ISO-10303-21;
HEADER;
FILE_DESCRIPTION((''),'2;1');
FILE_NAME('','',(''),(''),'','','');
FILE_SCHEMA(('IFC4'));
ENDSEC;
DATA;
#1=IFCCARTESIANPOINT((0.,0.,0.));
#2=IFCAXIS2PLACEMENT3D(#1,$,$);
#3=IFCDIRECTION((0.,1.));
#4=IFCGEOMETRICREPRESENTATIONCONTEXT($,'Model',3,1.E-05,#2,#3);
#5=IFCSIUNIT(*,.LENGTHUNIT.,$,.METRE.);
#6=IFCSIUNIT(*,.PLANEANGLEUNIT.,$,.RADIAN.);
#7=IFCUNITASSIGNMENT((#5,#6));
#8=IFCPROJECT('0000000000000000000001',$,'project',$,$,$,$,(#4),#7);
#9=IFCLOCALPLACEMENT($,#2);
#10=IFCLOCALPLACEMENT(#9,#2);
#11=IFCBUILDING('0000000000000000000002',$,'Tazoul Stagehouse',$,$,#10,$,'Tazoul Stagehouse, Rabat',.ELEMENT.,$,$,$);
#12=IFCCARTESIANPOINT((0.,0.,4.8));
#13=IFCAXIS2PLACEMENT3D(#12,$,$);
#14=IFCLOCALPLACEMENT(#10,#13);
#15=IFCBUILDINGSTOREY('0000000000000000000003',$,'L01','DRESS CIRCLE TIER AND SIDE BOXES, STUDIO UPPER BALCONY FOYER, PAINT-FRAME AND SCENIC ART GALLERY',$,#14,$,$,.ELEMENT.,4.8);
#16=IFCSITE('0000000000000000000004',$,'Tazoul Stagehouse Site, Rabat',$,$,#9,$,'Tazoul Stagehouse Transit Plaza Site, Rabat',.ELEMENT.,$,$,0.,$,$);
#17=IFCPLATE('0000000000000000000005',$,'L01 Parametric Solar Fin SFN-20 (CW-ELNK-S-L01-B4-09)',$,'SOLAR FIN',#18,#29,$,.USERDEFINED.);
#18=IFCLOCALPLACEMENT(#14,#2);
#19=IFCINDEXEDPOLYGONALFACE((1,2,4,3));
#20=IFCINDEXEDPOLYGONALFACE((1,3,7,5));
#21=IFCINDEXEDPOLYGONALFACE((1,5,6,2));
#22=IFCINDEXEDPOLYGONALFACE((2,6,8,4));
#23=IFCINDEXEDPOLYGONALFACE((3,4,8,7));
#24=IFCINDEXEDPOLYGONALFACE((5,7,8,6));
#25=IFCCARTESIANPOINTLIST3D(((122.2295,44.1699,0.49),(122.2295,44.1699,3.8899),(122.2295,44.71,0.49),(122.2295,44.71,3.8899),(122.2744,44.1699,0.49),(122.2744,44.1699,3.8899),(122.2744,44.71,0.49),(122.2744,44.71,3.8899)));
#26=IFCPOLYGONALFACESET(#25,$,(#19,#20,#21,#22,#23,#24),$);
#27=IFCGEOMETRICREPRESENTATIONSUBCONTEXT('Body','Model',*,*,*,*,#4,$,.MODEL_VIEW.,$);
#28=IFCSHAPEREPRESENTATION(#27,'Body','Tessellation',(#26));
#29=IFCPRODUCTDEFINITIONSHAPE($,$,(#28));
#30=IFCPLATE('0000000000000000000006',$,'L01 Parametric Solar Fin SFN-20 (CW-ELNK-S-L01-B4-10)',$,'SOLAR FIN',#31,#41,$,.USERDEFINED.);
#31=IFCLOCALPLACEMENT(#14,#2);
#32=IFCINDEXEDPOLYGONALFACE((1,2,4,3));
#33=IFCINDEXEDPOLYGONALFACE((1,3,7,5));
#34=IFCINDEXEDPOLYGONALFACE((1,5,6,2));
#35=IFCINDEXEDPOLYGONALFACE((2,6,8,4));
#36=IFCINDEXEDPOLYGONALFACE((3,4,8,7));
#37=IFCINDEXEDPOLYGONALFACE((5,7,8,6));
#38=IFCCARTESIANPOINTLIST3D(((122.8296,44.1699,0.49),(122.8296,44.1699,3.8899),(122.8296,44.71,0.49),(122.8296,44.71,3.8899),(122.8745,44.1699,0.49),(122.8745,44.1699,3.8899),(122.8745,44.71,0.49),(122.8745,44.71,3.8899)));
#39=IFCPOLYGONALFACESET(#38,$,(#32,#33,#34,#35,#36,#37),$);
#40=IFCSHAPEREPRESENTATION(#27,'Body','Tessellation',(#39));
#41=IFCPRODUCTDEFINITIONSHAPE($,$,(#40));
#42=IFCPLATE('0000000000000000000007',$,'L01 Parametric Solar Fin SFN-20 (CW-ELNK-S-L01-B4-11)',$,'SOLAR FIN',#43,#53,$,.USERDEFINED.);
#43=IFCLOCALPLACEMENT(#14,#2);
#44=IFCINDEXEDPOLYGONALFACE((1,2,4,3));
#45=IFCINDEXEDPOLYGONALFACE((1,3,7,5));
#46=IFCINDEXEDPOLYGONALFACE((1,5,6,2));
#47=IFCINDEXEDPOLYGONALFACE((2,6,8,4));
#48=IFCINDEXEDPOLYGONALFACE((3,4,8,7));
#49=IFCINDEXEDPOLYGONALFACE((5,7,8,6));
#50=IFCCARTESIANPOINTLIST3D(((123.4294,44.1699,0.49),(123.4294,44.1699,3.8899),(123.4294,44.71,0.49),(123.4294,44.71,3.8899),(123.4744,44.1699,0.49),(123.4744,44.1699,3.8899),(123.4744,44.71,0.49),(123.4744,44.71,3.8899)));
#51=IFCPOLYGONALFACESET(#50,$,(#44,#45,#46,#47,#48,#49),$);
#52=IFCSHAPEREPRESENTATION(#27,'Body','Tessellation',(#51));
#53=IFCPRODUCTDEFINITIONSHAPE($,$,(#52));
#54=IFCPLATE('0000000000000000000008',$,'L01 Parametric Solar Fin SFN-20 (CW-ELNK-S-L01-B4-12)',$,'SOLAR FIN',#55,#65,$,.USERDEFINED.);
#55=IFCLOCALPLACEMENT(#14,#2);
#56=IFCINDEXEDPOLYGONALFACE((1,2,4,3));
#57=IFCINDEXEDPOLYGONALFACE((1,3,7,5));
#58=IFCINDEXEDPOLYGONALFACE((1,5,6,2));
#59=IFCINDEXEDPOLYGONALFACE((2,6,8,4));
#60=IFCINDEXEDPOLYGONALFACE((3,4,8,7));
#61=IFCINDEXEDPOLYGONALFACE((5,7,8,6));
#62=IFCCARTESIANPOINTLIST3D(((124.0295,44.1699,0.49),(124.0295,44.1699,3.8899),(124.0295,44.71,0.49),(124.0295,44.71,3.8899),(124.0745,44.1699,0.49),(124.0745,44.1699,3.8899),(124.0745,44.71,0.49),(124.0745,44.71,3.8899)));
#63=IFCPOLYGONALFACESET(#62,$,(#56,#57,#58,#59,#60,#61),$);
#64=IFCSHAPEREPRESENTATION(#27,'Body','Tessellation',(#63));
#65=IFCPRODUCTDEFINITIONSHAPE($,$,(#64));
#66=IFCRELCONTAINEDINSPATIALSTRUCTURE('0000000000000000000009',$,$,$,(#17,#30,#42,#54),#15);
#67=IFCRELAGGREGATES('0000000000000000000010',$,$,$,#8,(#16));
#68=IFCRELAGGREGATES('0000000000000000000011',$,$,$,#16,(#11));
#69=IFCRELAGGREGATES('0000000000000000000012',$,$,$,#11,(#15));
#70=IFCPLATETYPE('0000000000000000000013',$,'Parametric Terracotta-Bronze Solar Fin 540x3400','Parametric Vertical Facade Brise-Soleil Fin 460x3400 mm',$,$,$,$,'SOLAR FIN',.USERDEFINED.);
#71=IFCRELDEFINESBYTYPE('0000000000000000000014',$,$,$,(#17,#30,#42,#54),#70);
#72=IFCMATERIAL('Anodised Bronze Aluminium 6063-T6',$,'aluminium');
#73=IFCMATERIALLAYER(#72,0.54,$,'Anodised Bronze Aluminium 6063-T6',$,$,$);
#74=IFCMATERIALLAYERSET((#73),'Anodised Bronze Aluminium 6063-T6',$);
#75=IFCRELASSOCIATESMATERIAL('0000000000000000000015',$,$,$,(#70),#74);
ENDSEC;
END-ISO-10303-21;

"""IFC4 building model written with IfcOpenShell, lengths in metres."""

from ifc_helpers import new_model, si_unit, direction, frame, origin, origin_2d, place, context, subcontext, project, spatial, rectangle, extrude, material, layer, layer_set, type_object, element, save


model = new_model("IFC4")

# Units and contexts
model_context = context("Model", 3, precision=1e-05, world=origin(), true_north=direction((0.0, 1.0)))
body_context = subcontext(model_context, "Body", "Model", "MODEL_VIEW")
ifc_project = project(units=[si_unit("LENGTHUNIT", "METRE"), si_unit("PLANEANGLEUNIT", "RADIAN")], contexts=[model_context])

# Site, building, storey
site_placement = place(None, origin())
site = spatial("IfcSite", under=ifc_project, at=site_placement, Name="Tazoul Stagehouse Site, Rabat", LongName="Tazoul Stagehouse Transit Plaza Site, Rabat", CompositionType="ELEMENT", RefElevation=0.0)
building_placement = place(site_placement, origin())
building = spatial("IfcBuilding", under=site, at=building_placement, Name="Tazoul Stagehouse", LongName="Tazoul Stagehouse, Rabat", CompositionType="ELEMENT")
storey_placement = place(building_placement, frame((0.0, 0.0, 4.8)))
storey = spatial("IfcBuildingStorey", under=building, at=storey_placement, Name="L01", Description="DRESS CIRCLE TIER AND SIDE BOXES, STUDIO UPPER BALCONY FOYER, PAINT-FRAME AND SCENIC ART GALLERY", CompositionType="ELEMENT", Elevation=4.8)

# Plates
ifc_material_1 = material(Name="Anodised Bronze Aluminium 6063-T6", Category="aluminium")
ifc_layer_1 = layer(ifc_material_1, 0.54, Name="Anodised Bronze Aluminium 6063-T6")
ifc_layer_set_1 = layer_set([ifc_layer_1], Name="Anodised Bronze Aluminium 6063-T6")
plate_type_1 = type_object("IfcPlateType", Name="Parametric Terracotta-Bronze Solar Fin 540x3400", Description="Parametric Vertical Facade Brise-Soleil Fin 460x3400 mm", ElementType="SOLAR FIN", PredefinedType="USERDEFINED", material=ifc_layer_set_1)
for number, where, z_axis, x_axis, name in (
    (1, (122.252, 44.4399, 0.49), (0.0, 0.0, 1.0), (1.0, 0.0, 0.0), "L01 Parametric Solar Fin SFN-20 (CW-ELNK-S-L01-B4-09)"),
    (2, (122.8521, 44.4399, 0.49), (0.0, 0.0, 1.0), (1.0, 0.0, 0.0), "L01 Parametric Solar Fin SFN-20 (CW-ELNK-S-L01-B4-10)"),
    (3, (123.4519, 44.4399, 0.49), (0.0, 0.0, 1.0), (1.0, 0.0, 0.0), "L01 Parametric Solar Fin SFN-20 (CW-ELNK-S-L01-B4-11)"),
    (4, (124.052, 44.4399, 0.49), (0.0, 0.0, 1.0), (1.0, 0.0, 0.0), "L01 Parametric Solar Fin SFN-20 (CW-ELNK-S-L01-B4-12)"),
):
    element("IfcPlate", number, at=place(storey_placement, frame(where, z_axis=z_axis, x_axis=x_axis)), inside=storey, type_object=plate_type_1, Name=name, ObjectType="SOLAR FIN", PredefinedType="USERDEFINED", context=body_context, shape_type="SweptSolid", body=[
        extrude(rectangle(XDim=0.0449, YDim=0.54, at=origin_2d()), origin(), (0.0, 0.0, 1.0), 3.3999),
    ])

save(model, "model.ifc")
